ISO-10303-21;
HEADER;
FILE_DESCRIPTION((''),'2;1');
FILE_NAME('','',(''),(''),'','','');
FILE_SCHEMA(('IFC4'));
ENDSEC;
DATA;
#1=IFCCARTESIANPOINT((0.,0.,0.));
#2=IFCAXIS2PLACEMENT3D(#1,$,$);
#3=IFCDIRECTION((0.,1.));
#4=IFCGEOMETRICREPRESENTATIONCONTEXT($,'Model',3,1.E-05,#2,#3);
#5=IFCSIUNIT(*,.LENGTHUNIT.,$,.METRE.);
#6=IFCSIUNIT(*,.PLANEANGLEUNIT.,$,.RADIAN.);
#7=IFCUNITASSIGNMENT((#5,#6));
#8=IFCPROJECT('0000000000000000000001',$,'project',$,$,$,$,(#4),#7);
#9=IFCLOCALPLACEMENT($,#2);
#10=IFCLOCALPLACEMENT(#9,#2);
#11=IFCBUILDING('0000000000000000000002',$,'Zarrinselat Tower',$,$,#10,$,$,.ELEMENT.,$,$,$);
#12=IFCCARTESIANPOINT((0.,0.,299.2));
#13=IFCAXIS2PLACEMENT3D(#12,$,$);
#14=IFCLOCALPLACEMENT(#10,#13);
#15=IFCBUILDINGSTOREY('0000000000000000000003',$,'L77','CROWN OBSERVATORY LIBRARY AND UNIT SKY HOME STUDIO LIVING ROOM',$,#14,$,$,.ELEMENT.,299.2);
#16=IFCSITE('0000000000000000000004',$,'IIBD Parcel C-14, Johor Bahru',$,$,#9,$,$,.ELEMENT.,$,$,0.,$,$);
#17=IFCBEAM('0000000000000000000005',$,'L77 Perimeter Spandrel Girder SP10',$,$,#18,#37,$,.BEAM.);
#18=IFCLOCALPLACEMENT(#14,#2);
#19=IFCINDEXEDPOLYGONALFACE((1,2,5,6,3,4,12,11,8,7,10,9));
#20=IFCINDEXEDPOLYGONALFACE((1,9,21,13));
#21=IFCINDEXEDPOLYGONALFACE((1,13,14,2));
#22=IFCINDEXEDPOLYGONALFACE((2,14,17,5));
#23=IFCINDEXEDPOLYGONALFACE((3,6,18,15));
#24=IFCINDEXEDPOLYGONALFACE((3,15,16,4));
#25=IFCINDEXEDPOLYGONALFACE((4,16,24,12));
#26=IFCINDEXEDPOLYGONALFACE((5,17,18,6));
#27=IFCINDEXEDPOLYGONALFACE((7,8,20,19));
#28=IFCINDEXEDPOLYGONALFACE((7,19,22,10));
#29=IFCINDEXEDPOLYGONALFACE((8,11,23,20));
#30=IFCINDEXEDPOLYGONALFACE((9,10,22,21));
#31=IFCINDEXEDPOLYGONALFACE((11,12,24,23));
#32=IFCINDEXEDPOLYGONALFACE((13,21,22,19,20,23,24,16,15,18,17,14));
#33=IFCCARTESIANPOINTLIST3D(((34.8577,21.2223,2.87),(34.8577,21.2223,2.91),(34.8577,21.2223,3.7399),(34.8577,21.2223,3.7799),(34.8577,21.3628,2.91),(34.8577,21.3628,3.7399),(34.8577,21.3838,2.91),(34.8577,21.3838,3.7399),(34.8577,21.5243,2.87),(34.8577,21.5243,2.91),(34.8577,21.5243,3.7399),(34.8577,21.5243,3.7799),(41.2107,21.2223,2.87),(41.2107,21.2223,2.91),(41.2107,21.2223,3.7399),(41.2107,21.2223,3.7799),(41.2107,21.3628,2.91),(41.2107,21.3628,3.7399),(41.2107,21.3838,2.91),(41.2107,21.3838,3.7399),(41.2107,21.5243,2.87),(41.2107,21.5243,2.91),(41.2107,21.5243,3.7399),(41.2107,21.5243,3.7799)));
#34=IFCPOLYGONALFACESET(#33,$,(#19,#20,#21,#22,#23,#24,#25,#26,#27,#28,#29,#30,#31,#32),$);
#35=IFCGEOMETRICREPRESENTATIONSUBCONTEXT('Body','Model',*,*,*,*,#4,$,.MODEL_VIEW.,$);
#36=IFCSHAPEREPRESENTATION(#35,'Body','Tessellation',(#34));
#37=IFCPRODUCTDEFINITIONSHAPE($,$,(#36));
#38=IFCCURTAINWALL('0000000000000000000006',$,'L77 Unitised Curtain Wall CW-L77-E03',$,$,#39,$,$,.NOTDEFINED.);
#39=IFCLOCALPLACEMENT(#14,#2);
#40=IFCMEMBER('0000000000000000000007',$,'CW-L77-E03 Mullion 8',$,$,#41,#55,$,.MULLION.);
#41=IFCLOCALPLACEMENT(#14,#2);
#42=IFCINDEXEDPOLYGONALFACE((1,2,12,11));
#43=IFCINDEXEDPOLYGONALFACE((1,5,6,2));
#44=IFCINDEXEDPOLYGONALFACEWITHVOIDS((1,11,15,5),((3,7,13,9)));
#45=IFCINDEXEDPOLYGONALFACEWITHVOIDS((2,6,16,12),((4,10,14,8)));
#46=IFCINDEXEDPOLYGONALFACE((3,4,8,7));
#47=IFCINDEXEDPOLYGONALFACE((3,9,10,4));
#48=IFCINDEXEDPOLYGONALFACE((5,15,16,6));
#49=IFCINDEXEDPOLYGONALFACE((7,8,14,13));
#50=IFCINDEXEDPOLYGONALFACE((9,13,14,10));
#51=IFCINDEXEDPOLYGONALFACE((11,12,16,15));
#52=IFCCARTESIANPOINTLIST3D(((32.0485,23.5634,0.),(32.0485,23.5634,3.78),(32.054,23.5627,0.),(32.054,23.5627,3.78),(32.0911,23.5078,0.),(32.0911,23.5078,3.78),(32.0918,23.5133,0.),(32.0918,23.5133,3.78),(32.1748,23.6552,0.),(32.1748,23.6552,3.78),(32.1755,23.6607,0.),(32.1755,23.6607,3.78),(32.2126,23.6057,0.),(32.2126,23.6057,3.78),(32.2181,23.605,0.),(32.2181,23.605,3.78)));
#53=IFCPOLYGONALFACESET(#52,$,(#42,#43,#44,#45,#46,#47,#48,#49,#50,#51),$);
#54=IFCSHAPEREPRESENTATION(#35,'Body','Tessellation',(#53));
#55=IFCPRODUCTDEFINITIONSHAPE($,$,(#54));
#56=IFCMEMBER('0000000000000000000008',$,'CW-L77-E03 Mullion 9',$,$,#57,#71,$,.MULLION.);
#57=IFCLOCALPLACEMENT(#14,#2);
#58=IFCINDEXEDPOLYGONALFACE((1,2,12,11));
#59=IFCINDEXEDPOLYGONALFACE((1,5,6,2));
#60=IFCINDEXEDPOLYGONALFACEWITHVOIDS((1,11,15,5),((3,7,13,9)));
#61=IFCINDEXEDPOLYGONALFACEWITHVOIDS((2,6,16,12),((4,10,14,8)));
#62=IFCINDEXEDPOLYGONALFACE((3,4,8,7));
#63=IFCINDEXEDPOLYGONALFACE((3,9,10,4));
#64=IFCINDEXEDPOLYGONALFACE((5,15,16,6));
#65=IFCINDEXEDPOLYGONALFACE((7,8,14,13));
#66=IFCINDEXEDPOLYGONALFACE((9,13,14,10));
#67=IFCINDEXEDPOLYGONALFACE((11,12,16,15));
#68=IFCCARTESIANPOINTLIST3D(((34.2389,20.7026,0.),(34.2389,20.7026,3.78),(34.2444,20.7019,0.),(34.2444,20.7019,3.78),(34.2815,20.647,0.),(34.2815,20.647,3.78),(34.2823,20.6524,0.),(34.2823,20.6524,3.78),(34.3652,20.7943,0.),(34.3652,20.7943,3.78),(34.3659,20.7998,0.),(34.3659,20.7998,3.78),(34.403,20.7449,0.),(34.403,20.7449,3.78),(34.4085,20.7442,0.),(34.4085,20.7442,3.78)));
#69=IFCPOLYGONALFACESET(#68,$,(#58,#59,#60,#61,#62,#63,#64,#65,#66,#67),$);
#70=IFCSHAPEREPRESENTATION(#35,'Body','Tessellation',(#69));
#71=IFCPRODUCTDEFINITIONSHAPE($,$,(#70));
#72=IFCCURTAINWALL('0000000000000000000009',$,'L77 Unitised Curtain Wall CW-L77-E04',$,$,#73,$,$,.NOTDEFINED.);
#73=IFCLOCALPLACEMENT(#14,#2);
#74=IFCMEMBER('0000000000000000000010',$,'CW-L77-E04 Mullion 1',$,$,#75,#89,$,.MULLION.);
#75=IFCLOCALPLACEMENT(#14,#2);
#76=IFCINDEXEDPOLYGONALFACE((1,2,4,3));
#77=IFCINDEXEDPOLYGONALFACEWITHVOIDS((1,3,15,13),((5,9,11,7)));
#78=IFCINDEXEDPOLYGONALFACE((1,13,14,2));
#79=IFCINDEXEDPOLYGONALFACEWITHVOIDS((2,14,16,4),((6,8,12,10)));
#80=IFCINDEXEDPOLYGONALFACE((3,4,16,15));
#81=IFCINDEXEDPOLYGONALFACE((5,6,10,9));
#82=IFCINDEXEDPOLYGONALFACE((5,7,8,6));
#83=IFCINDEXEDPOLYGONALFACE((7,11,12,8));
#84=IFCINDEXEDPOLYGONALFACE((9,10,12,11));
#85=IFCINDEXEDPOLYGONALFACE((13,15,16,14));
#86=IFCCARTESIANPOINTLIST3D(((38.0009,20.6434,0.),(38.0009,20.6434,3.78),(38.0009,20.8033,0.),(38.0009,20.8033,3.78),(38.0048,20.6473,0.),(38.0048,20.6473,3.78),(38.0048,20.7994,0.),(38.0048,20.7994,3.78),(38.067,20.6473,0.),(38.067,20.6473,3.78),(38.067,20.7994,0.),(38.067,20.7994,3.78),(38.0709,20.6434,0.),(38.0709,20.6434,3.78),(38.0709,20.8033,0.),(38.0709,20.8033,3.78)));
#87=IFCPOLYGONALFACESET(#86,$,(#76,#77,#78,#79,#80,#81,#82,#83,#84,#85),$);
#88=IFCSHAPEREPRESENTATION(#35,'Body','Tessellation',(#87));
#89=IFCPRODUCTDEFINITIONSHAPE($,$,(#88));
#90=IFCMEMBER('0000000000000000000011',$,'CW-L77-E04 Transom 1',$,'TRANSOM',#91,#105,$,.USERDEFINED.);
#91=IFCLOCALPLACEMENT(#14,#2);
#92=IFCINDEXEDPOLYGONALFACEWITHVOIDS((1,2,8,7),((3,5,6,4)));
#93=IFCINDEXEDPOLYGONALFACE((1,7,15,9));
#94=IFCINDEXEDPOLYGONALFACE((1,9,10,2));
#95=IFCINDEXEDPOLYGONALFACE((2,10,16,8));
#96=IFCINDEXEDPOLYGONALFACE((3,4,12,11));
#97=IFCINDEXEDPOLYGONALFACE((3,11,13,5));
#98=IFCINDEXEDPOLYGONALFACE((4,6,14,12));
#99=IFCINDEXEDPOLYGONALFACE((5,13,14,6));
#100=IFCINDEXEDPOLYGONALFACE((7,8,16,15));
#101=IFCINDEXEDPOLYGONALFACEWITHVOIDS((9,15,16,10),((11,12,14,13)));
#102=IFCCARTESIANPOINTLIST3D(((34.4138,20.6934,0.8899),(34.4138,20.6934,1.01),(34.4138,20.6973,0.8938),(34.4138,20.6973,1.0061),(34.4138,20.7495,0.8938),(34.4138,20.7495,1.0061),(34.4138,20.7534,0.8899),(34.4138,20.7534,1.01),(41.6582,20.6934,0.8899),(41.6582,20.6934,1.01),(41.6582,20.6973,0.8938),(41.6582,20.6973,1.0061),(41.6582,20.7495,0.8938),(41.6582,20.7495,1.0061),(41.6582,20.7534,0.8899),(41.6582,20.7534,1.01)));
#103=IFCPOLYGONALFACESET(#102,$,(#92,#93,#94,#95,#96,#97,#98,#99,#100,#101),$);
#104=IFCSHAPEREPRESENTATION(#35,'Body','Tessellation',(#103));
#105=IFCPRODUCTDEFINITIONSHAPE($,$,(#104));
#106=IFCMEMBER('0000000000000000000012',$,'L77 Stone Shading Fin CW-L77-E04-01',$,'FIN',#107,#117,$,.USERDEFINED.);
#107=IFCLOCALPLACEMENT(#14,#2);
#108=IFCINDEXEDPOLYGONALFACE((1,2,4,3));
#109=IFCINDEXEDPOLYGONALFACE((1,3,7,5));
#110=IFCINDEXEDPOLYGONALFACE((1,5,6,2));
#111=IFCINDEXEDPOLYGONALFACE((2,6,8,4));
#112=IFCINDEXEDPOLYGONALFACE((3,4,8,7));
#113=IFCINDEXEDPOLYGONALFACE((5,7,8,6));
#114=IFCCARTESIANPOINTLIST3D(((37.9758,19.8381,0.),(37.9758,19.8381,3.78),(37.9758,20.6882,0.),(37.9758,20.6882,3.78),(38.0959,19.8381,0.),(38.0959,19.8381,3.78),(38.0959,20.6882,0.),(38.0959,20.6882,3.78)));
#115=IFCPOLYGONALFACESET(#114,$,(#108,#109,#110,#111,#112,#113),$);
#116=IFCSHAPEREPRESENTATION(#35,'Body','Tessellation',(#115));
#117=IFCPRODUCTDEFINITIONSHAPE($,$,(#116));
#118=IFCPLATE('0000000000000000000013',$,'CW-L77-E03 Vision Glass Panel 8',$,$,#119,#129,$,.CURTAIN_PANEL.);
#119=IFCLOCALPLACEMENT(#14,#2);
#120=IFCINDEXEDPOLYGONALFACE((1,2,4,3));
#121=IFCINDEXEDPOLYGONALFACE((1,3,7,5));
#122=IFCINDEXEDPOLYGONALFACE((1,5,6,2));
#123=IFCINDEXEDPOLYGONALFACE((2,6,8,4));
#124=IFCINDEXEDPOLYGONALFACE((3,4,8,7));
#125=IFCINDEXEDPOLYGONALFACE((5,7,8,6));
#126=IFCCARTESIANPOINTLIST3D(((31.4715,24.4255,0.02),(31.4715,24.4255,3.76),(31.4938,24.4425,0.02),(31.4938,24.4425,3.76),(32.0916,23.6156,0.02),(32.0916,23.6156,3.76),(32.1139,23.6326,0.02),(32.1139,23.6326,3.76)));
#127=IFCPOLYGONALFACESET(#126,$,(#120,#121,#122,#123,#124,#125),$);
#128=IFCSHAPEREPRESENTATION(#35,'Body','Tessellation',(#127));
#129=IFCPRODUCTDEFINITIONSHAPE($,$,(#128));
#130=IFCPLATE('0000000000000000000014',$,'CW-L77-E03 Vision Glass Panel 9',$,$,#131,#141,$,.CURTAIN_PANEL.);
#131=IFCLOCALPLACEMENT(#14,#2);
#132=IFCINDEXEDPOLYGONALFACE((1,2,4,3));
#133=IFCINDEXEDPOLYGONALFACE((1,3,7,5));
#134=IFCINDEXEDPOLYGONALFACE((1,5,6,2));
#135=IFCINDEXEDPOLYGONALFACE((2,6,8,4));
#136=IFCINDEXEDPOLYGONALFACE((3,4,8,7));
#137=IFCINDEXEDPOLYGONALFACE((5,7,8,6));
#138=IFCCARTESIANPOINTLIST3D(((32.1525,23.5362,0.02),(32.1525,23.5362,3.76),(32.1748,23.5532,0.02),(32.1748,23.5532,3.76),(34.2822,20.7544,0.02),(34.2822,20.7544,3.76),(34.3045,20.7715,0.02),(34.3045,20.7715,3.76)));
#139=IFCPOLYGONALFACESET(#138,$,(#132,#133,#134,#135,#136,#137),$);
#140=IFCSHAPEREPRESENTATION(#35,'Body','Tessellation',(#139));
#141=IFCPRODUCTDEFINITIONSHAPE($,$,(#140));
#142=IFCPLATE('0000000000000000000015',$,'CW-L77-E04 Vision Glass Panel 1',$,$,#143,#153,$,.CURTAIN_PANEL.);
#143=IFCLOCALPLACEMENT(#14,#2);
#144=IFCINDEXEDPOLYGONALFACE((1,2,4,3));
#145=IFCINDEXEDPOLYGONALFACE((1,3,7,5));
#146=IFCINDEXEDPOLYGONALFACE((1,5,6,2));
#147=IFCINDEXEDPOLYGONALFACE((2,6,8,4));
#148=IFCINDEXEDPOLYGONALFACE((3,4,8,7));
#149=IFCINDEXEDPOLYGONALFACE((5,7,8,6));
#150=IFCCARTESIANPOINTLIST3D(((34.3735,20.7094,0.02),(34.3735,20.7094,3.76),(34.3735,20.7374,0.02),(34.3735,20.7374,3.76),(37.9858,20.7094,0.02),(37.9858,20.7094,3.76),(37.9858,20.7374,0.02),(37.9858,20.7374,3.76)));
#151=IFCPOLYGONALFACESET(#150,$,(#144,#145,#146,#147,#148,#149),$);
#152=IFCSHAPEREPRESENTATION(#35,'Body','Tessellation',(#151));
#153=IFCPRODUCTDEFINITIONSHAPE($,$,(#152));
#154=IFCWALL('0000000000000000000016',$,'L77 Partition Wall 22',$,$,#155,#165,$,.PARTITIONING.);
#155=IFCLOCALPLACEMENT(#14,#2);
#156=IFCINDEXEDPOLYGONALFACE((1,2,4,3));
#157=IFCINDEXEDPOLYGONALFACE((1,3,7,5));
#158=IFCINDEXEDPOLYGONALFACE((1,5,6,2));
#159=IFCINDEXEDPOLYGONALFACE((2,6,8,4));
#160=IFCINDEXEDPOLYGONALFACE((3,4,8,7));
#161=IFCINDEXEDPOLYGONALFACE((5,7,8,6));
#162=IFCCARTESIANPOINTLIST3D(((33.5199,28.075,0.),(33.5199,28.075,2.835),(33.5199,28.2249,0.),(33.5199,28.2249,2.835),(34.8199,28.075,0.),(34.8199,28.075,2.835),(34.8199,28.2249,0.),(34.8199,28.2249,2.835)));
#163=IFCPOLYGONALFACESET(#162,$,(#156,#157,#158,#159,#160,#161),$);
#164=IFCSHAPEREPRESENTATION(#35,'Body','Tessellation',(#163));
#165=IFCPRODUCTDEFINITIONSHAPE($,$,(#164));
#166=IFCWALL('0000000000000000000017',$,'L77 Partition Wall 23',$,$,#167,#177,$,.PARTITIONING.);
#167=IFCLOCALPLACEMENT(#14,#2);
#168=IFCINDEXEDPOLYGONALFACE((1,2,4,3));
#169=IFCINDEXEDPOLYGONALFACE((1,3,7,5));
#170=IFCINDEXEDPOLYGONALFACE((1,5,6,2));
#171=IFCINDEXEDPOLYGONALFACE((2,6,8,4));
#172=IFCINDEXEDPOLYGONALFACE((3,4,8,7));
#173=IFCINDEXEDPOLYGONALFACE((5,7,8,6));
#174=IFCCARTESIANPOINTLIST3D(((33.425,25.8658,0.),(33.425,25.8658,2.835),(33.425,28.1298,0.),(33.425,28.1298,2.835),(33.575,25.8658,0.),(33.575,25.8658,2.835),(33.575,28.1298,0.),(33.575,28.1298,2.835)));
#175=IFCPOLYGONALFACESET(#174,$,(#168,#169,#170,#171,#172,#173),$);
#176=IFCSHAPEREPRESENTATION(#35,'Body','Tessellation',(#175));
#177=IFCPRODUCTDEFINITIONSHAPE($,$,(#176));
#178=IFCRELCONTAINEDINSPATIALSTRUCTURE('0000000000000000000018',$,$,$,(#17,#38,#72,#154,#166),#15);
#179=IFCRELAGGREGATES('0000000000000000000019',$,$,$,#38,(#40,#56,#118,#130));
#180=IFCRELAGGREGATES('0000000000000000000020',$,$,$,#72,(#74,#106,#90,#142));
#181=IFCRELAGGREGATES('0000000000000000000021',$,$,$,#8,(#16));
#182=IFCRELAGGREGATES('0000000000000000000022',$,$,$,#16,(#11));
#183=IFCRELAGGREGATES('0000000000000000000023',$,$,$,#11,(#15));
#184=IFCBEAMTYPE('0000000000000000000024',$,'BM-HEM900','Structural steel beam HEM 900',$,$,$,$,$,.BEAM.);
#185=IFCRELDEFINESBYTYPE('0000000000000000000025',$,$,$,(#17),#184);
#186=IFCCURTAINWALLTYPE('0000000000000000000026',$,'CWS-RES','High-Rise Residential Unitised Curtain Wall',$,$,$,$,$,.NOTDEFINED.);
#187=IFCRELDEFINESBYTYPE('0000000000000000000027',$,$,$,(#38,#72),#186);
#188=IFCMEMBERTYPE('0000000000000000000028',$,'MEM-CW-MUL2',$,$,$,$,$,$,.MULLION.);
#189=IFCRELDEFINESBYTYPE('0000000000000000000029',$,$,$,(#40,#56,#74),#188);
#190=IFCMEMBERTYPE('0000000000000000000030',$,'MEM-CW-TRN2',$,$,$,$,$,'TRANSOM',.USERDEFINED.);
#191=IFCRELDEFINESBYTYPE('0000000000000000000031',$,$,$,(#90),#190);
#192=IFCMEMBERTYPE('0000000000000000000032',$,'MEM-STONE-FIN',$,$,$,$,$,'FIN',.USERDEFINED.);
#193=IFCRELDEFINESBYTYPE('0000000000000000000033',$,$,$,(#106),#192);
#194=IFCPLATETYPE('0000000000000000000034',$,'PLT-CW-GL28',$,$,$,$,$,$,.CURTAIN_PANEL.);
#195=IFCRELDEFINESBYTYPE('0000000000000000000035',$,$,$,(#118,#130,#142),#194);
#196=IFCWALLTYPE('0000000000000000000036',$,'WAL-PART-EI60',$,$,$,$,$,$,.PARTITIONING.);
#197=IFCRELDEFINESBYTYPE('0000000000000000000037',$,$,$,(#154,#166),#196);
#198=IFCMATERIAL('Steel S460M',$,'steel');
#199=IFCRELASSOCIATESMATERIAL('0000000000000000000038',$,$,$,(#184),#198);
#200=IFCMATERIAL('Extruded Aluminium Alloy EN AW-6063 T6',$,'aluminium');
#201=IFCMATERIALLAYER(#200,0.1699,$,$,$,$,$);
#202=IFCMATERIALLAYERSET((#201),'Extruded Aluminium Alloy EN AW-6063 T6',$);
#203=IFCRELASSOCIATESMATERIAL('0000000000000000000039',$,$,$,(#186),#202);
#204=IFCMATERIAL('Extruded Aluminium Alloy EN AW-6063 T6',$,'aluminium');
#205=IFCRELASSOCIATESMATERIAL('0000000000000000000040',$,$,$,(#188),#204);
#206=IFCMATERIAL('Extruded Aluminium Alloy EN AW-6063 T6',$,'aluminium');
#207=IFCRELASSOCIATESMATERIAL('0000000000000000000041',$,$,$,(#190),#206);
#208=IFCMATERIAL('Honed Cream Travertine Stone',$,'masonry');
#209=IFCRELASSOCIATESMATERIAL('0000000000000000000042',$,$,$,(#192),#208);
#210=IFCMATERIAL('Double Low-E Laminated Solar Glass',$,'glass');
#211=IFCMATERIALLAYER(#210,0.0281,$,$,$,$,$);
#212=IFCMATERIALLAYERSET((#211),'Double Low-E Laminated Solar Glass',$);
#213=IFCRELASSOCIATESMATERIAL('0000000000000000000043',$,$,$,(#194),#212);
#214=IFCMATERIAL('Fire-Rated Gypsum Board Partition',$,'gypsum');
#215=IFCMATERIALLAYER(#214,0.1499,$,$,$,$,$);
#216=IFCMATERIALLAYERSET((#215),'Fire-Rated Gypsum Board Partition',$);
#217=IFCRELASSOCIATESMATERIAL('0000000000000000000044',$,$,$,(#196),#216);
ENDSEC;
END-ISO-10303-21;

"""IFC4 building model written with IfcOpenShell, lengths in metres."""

from ifc_helpers import new_model, si_unit, direction, frame, frame_2d, origin, origin_2d, place, context, subcontext, project, spatial, rectangle, hollow_rectangle, i_section, extrude, material, layer, layer_set, material_profile, profile_set, type_object, element, aggregate, save


model = new_model("IFC4")

# Units and contexts
model_context = context("Model", 3, precision=1e-05, world=origin(), true_north=direction((0.0, 1.0)))
body_context = subcontext(model_context, "Body", "Model", "MODEL_VIEW")
ifc_project = project(units=[si_unit("LENGTHUNIT", "METRE"), si_unit("PLANEANGLEUNIT", "RADIAN")], contexts=[model_context])

# Site, building, storey
site_placement = place(None, origin())
site = spatial("IfcSite", under=ifc_project, at=site_placement, Name="IIBD Parcel C-14, Johor Bahru", CompositionType="ELEMENT", RefElevation=0.0)
building_placement = place(site_placement, origin())
building = spatial("IfcBuilding", under=site, at=building_placement, Name="Zarrinselat Tower", CompositionType="ELEMENT")
storey_placement = place(building_placement, frame((0.0, 0.0, 299.2)))
storey = spatial("IfcBuildingStorey", under=building, at=storey_placement, Name="L77", Description="CROWN OBSERVATORY LIBRARY AND UNIT SKY HOME STUDIO LIVING ROOM", CompositionType="ELEMENT", Elevation=299.2)

# Beam
ifc_material_1 = material(Name="Steel S460M", Category="steel")
ifc_material_profile_1 = material_profile(ifc_material_1, i_section(OverallWidth=0.302, OverallDepth=0.9099, WebThickness=0.021, FlangeThickness=0.04, at=origin_2d()), Name="HEM 900")
ifc_profile_set_1 = profile_set([ifc_material_profile_1], Name="Steel S460M")
beam_type_1 = type_object("IfcBeamType", Name="BM-HEM900", Description="Structural steel beam HEM 900", PredefinedType="BEAM", material=ifc_profile_set_1)
beam_1_placement = place(storey_placement, frame((34.8577, 21.3733, 3.325), z_axis=(1.0, 0.0, 0.0), x_axis=(0.0, 1.0, 0.0)))
element("IfcBeam", 1, at=beam_1_placement, inside=storey, type_object=beam_type_1, Name="L77 Perimeter Spandrel Girder SP10", PredefinedType="BEAM", context=body_context, shape_type="SweptSolid", body=[
    extrude(i_section(OverallWidth=0.302, OverallDepth=0.9099, WebThickness=0.021, FlangeThickness=0.04, at=origin_2d()), origin(), (0.0, 0.0, 1.0), 6.353),
])

# Curtain walls, members
ifc_material_2 = material(Name="Extruded Aluminium Alloy EN AW-6063 T6", Category="aluminium")
ifc_layer_1 = layer(ifc_material_2, 0.1699)
ifc_layer_set_1 = layer_set([ifc_layer_1], Name="Extruded Aluminium Alloy EN AW-6063 T6")
curtain_wall_type = type_object("IfcCurtainWallType", Name="CWS-RES", Description="High-Rise Residential Unitised Curtain Wall", PredefinedType="NOTDEFINED", material=ifc_layer_set_1)
curtain_wall_1_placement = place(storey_placement, origin())
curtain_wall_1 = element("IfcCurtainWall", 2, at=curtain_wall_1_placement, inside=storey, type_object=curtain_wall_type, Name="L77 Unitised Curtain Wall CW-L77-E03", PredefinedType="NOTDEFINED")
ifc_material_3 = material(Name="Extruded Aluminium Alloy EN AW-6063 T6", Category="aluminium")
ifc_material_profile_2 = material_profile(ifc_material_3, hollow_rectangle(XDim=0.0701, YDim=0.1599, WallThickness=0.0039, at=origin_2d()), Name="RHS 160x70x4")
ifc_profile_set_2 = profile_set([ifc_material_profile_2], Name="Extruded Aluminium Alloy EN AW-6063 T6")
member_type_1 = type_object("IfcMemberType", Name="MEM-CW-MUL2", PredefinedType="MULLION", material=ifc_profile_set_2)
member_1_placement = place(storey_placement, frame((32.1333, 23.5842, 0.0), z_axis=(0.0, 0.0, 1.0), x_axis=(0.607898, -0.794015, 0.0)))
member_1 = element("IfcMember", 3, at=member_1_placement, type_object=member_type_1, Name="CW-L77-E03 Mullion 8", PredefinedType="MULLION", context=body_context, shape_type="SweptSolid", body=[
    extrude(hollow_rectangle(XDim=0.0701, YDim=0.1599, WallThickness=0.0039, at=origin_2d()), origin(), (0.0, 0.0, 1.0), 3.78),
])
member_2_placement = place(storey_placement, frame((34.3237, 20.7234, 0.0), z_axis=(0.0, 0.0, 1.0), x_axis=(0.607898, -0.794015, 0.0)))
member_2 = element("IfcMember", 4, at=member_2_placement, type_object=member_type_1, Name="CW-L77-E03 Mullion 9", PredefinedType="MULLION", context=body_context, shape_type="SweptSolid", body=[
    extrude(hollow_rectangle(XDim=0.0701, YDim=0.1599, WallThickness=0.0039, at=origin_2d()), origin(), (0.0, 0.0, 1.0), 3.78),
])
curtain_wall_2_placement = place(storey_placement, origin())
curtain_wall_2 = element("IfcCurtainWall", 5, at=curtain_wall_2_placement, inside=storey, type_object=curtain_wall_type, Name="L77 Unitised Curtain Wall CW-L77-E04", PredefinedType="NOTDEFINED")
member_3_placement = place(storey_placement, frame((38.0359, 20.7234, 0.0), z_axis=(0.0, 0.0, 1.0), x_axis=(1.0, 0.0, 0.0)))
member_3 = element("IfcMember", 6, at=member_3_placement, type_object=member_type_1, Name="CW-L77-E04 Mullion 1", PredefinedType="MULLION", context=body_context, shape_type="SweptSolid", body=[
    extrude(hollow_rectangle(XDim=0.0701, YDim=0.1599, WallThickness=0.0039, at=origin_2d()), origin(), (0.0, 0.0, 1.0), 3.78),
])
ifc_material_4 = material(Name="Extruded Aluminium Alloy EN AW-6063 T6", Category="aluminium")
ifc_material_profile_3 = material_profile(ifc_material_4, hollow_rectangle(XDim=0.0601, YDim=0.1201, WallThickness=0.0039, at=origin_2d()), Name="RHS 120x60x4")
ifc_profile_set_3 = profile_set([ifc_material_profile_3], Name="Extruded Aluminium Alloy EN AW-6063 T6")
member_type_2 = type_object("IfcMemberType", Name="MEM-CW-TRN2", ElementType="TRANSOM", PredefinedType="USERDEFINED", material=ifc_profile_set_3)
member_4_placement = place(storey_placement, frame((34.4138, 20.7234, 0.95), z_axis=(1.0, 0.0, 0.0), x_axis=(0.0, 1.0, 0.0)))
member_4 = element("IfcMember", 7, at=member_4_placement, type_object=member_type_2, Name="CW-L77-E04 Transom 1", ObjectType="TRANSOM", PredefinedType="USERDEFINED", context=body_context, shape_type="SweptSolid", body=[
    extrude(hollow_rectangle(XDim=0.0601, YDim=0.1201, WallThickness=0.0039, at=origin_2d()), origin(), (0.0, 0.0, 1.0), 7.2444),
])
ifc_material_5 = material(Name="Honed Cream Travertine Stone", Category="masonry")
ifc_material_profile_4 = material_profile(ifc_material_5, rectangle(XDim=0.1201, YDim=0.8501, at=origin_2d()), Name="FIN 850x120")
ifc_profile_set_4 = profile_set([ifc_material_profile_4], Name="Honed Cream Travertine Stone")
member_type_3 = type_object("IfcMemberType", Name="MEM-STONE-FIN", ElementType="FIN", PredefinedType="USERDEFINED", material=ifc_profile_set_4)
member_5_placement = place(storey_placement, frame((38.0359, 20.2632, 0.0), z_axis=(0.0, 0.0, 1.0), x_axis=(-1.0, 0.0, 0.0)))
member_5 = element("IfcMember", 8, at=member_5_placement, type_object=member_type_3, Name="L77 Stone Shading Fin CW-L77-E04-01", ObjectType="FIN", PredefinedType="USERDEFINED", context=body_context, shape_type="SweptSolid", body=[
    extrude(rectangle(XDim=0.1201, YDim=0.8501, at=origin_2d()), origin(), (0.0, 0.0, 1.0), 3.78),
])

# Plates
ifc_material_6 = material(Name="Double Low-E Laminated Solar Glass", Category="glass")
ifc_layer_2 = layer(ifc_material_6, 0.0281)
ifc_layer_set_2 = layer_set([ifc_layer_2], Name="Double Low-E Laminated Solar Glass")
plate_type = type_object("IfcPlateType", Name="PLT-CW-GL28", PredefinedType="CURTAIN_PANEL", material=ifc_layer_set_2)
plate_1_placement = place(storey_placement, frame((31.7927, 24.0291, 0.02), z_axis=(0.0, 0.0, 1.0), x_axis=(0.607898, -0.794015, 0.0)))
plate_1 = element("IfcPlate", 9, at=plate_1_placement, type_object=plate_type, Name="CW-L77-E03 Vision Glass Panel 8", PredefinedType="CURTAIN_PANEL", context=body_context, shape_type="SweptSolid", body=[
    extrude(rectangle(XDim=1.02, YDim=0.0281, at=origin_2d()), origin(), (0.0, 0.0, 1.0), 3.74),
])
plate_2_placement = place(storey_placement, frame((33.2285, 22.1538, 0.02), z_axis=(0.0, 0.0, 1.0), x_axis=(0.607898, -0.794015, 0.0)))
plate_2 = element("IfcPlate", 10, at=plate_2_placement, type_object=plate_type, Name="CW-L77-E03 Vision Glass Panel 9", PredefinedType="CURTAIN_PANEL", context=body_context, shape_type="SweptSolid", body=[
    extrude(rectangle(XDim=3.5034, YDim=0.0281, at=origin_2d()), origin(), (0.0, 0.0, 1.0), 3.74),
])
aggregate(curtain_wall_1, [member_1, member_2, plate_1, plate_2])
plate_3_placement = place(storey_placement, frame((36.1797, 20.7234, 0.02), z_axis=(0.0, 0.0, 1.0), x_axis=(1.0, 0.0, 0.0)))
plate_3 = element("IfcPlate", 11, at=plate_3_placement, type_object=plate_type, Name="CW-L77-E04 Vision Glass Panel 1", PredefinedType="CURTAIN_PANEL", context=body_context, shape_type="SweptSolid", body=[
    extrude(rectangle(XDim=3.6123, YDim=0.0281, at=origin_2d()), origin(), (0.0, 0.0, 1.0), 3.74),
])
aggregate(curtain_wall_2, [member_3, member_5, member_4, plate_3])

# Walls
ifc_material_7 = material(Name="Fire-Rated Gypsum Board Partition", Category="gypsum")
ifc_layer_3 = layer(ifc_material_7, 0.1499)
ifc_layer_set_3 = layer_set([ifc_layer_3], Name="Fire-Rated Gypsum Board Partition")
wall_type_1 = type_object("IfcWallType", Name="WAL-PART-EI60", PredefinedType="PARTITIONING", material=ifc_layer_set_3)
wall_1_placement = place(storey_placement, frame((33.52, 28.1499, 0.0), z_axis=(0.0, 0.0, 1.0), x_axis=(1.0, 0.0, 0.0)))
element("IfcWall", 12, at=wall_1_placement, inside=storey, type_object=wall_type_1, Name="L77 Partition Wall 22", PredefinedType="PARTITIONING", context=body_context, shape_type="SweptSolid", body=[
    extrude(rectangle(XDim=1.3, YDim=0.1499, at=frame_2d((0.6499, 0.0))), origin(), (0.0, 0.0, 1.0), 2.835),
])
wall_2_placement = place(storey_placement, frame((33.5, 25.866, 0.0), z_axis=(0.0, 0.0, 1.0), x_axis=(0.0, 1.0, 0.0)))
element("IfcWall", 13, at=wall_2_placement, inside=storey, type_object=wall_type_1, Name="L77 Partition Wall 23", PredefinedType="PARTITIONING", context=body_context, shape_type="SweptSolid", body=[
    extrude(rectangle(XDim=2.2639, YDim=0.1499, at=frame_2d((1.1318, 0.0))), origin(), (0.0, 0.0, 1.0), 2.835),
])

save(model, "model.ifc")
